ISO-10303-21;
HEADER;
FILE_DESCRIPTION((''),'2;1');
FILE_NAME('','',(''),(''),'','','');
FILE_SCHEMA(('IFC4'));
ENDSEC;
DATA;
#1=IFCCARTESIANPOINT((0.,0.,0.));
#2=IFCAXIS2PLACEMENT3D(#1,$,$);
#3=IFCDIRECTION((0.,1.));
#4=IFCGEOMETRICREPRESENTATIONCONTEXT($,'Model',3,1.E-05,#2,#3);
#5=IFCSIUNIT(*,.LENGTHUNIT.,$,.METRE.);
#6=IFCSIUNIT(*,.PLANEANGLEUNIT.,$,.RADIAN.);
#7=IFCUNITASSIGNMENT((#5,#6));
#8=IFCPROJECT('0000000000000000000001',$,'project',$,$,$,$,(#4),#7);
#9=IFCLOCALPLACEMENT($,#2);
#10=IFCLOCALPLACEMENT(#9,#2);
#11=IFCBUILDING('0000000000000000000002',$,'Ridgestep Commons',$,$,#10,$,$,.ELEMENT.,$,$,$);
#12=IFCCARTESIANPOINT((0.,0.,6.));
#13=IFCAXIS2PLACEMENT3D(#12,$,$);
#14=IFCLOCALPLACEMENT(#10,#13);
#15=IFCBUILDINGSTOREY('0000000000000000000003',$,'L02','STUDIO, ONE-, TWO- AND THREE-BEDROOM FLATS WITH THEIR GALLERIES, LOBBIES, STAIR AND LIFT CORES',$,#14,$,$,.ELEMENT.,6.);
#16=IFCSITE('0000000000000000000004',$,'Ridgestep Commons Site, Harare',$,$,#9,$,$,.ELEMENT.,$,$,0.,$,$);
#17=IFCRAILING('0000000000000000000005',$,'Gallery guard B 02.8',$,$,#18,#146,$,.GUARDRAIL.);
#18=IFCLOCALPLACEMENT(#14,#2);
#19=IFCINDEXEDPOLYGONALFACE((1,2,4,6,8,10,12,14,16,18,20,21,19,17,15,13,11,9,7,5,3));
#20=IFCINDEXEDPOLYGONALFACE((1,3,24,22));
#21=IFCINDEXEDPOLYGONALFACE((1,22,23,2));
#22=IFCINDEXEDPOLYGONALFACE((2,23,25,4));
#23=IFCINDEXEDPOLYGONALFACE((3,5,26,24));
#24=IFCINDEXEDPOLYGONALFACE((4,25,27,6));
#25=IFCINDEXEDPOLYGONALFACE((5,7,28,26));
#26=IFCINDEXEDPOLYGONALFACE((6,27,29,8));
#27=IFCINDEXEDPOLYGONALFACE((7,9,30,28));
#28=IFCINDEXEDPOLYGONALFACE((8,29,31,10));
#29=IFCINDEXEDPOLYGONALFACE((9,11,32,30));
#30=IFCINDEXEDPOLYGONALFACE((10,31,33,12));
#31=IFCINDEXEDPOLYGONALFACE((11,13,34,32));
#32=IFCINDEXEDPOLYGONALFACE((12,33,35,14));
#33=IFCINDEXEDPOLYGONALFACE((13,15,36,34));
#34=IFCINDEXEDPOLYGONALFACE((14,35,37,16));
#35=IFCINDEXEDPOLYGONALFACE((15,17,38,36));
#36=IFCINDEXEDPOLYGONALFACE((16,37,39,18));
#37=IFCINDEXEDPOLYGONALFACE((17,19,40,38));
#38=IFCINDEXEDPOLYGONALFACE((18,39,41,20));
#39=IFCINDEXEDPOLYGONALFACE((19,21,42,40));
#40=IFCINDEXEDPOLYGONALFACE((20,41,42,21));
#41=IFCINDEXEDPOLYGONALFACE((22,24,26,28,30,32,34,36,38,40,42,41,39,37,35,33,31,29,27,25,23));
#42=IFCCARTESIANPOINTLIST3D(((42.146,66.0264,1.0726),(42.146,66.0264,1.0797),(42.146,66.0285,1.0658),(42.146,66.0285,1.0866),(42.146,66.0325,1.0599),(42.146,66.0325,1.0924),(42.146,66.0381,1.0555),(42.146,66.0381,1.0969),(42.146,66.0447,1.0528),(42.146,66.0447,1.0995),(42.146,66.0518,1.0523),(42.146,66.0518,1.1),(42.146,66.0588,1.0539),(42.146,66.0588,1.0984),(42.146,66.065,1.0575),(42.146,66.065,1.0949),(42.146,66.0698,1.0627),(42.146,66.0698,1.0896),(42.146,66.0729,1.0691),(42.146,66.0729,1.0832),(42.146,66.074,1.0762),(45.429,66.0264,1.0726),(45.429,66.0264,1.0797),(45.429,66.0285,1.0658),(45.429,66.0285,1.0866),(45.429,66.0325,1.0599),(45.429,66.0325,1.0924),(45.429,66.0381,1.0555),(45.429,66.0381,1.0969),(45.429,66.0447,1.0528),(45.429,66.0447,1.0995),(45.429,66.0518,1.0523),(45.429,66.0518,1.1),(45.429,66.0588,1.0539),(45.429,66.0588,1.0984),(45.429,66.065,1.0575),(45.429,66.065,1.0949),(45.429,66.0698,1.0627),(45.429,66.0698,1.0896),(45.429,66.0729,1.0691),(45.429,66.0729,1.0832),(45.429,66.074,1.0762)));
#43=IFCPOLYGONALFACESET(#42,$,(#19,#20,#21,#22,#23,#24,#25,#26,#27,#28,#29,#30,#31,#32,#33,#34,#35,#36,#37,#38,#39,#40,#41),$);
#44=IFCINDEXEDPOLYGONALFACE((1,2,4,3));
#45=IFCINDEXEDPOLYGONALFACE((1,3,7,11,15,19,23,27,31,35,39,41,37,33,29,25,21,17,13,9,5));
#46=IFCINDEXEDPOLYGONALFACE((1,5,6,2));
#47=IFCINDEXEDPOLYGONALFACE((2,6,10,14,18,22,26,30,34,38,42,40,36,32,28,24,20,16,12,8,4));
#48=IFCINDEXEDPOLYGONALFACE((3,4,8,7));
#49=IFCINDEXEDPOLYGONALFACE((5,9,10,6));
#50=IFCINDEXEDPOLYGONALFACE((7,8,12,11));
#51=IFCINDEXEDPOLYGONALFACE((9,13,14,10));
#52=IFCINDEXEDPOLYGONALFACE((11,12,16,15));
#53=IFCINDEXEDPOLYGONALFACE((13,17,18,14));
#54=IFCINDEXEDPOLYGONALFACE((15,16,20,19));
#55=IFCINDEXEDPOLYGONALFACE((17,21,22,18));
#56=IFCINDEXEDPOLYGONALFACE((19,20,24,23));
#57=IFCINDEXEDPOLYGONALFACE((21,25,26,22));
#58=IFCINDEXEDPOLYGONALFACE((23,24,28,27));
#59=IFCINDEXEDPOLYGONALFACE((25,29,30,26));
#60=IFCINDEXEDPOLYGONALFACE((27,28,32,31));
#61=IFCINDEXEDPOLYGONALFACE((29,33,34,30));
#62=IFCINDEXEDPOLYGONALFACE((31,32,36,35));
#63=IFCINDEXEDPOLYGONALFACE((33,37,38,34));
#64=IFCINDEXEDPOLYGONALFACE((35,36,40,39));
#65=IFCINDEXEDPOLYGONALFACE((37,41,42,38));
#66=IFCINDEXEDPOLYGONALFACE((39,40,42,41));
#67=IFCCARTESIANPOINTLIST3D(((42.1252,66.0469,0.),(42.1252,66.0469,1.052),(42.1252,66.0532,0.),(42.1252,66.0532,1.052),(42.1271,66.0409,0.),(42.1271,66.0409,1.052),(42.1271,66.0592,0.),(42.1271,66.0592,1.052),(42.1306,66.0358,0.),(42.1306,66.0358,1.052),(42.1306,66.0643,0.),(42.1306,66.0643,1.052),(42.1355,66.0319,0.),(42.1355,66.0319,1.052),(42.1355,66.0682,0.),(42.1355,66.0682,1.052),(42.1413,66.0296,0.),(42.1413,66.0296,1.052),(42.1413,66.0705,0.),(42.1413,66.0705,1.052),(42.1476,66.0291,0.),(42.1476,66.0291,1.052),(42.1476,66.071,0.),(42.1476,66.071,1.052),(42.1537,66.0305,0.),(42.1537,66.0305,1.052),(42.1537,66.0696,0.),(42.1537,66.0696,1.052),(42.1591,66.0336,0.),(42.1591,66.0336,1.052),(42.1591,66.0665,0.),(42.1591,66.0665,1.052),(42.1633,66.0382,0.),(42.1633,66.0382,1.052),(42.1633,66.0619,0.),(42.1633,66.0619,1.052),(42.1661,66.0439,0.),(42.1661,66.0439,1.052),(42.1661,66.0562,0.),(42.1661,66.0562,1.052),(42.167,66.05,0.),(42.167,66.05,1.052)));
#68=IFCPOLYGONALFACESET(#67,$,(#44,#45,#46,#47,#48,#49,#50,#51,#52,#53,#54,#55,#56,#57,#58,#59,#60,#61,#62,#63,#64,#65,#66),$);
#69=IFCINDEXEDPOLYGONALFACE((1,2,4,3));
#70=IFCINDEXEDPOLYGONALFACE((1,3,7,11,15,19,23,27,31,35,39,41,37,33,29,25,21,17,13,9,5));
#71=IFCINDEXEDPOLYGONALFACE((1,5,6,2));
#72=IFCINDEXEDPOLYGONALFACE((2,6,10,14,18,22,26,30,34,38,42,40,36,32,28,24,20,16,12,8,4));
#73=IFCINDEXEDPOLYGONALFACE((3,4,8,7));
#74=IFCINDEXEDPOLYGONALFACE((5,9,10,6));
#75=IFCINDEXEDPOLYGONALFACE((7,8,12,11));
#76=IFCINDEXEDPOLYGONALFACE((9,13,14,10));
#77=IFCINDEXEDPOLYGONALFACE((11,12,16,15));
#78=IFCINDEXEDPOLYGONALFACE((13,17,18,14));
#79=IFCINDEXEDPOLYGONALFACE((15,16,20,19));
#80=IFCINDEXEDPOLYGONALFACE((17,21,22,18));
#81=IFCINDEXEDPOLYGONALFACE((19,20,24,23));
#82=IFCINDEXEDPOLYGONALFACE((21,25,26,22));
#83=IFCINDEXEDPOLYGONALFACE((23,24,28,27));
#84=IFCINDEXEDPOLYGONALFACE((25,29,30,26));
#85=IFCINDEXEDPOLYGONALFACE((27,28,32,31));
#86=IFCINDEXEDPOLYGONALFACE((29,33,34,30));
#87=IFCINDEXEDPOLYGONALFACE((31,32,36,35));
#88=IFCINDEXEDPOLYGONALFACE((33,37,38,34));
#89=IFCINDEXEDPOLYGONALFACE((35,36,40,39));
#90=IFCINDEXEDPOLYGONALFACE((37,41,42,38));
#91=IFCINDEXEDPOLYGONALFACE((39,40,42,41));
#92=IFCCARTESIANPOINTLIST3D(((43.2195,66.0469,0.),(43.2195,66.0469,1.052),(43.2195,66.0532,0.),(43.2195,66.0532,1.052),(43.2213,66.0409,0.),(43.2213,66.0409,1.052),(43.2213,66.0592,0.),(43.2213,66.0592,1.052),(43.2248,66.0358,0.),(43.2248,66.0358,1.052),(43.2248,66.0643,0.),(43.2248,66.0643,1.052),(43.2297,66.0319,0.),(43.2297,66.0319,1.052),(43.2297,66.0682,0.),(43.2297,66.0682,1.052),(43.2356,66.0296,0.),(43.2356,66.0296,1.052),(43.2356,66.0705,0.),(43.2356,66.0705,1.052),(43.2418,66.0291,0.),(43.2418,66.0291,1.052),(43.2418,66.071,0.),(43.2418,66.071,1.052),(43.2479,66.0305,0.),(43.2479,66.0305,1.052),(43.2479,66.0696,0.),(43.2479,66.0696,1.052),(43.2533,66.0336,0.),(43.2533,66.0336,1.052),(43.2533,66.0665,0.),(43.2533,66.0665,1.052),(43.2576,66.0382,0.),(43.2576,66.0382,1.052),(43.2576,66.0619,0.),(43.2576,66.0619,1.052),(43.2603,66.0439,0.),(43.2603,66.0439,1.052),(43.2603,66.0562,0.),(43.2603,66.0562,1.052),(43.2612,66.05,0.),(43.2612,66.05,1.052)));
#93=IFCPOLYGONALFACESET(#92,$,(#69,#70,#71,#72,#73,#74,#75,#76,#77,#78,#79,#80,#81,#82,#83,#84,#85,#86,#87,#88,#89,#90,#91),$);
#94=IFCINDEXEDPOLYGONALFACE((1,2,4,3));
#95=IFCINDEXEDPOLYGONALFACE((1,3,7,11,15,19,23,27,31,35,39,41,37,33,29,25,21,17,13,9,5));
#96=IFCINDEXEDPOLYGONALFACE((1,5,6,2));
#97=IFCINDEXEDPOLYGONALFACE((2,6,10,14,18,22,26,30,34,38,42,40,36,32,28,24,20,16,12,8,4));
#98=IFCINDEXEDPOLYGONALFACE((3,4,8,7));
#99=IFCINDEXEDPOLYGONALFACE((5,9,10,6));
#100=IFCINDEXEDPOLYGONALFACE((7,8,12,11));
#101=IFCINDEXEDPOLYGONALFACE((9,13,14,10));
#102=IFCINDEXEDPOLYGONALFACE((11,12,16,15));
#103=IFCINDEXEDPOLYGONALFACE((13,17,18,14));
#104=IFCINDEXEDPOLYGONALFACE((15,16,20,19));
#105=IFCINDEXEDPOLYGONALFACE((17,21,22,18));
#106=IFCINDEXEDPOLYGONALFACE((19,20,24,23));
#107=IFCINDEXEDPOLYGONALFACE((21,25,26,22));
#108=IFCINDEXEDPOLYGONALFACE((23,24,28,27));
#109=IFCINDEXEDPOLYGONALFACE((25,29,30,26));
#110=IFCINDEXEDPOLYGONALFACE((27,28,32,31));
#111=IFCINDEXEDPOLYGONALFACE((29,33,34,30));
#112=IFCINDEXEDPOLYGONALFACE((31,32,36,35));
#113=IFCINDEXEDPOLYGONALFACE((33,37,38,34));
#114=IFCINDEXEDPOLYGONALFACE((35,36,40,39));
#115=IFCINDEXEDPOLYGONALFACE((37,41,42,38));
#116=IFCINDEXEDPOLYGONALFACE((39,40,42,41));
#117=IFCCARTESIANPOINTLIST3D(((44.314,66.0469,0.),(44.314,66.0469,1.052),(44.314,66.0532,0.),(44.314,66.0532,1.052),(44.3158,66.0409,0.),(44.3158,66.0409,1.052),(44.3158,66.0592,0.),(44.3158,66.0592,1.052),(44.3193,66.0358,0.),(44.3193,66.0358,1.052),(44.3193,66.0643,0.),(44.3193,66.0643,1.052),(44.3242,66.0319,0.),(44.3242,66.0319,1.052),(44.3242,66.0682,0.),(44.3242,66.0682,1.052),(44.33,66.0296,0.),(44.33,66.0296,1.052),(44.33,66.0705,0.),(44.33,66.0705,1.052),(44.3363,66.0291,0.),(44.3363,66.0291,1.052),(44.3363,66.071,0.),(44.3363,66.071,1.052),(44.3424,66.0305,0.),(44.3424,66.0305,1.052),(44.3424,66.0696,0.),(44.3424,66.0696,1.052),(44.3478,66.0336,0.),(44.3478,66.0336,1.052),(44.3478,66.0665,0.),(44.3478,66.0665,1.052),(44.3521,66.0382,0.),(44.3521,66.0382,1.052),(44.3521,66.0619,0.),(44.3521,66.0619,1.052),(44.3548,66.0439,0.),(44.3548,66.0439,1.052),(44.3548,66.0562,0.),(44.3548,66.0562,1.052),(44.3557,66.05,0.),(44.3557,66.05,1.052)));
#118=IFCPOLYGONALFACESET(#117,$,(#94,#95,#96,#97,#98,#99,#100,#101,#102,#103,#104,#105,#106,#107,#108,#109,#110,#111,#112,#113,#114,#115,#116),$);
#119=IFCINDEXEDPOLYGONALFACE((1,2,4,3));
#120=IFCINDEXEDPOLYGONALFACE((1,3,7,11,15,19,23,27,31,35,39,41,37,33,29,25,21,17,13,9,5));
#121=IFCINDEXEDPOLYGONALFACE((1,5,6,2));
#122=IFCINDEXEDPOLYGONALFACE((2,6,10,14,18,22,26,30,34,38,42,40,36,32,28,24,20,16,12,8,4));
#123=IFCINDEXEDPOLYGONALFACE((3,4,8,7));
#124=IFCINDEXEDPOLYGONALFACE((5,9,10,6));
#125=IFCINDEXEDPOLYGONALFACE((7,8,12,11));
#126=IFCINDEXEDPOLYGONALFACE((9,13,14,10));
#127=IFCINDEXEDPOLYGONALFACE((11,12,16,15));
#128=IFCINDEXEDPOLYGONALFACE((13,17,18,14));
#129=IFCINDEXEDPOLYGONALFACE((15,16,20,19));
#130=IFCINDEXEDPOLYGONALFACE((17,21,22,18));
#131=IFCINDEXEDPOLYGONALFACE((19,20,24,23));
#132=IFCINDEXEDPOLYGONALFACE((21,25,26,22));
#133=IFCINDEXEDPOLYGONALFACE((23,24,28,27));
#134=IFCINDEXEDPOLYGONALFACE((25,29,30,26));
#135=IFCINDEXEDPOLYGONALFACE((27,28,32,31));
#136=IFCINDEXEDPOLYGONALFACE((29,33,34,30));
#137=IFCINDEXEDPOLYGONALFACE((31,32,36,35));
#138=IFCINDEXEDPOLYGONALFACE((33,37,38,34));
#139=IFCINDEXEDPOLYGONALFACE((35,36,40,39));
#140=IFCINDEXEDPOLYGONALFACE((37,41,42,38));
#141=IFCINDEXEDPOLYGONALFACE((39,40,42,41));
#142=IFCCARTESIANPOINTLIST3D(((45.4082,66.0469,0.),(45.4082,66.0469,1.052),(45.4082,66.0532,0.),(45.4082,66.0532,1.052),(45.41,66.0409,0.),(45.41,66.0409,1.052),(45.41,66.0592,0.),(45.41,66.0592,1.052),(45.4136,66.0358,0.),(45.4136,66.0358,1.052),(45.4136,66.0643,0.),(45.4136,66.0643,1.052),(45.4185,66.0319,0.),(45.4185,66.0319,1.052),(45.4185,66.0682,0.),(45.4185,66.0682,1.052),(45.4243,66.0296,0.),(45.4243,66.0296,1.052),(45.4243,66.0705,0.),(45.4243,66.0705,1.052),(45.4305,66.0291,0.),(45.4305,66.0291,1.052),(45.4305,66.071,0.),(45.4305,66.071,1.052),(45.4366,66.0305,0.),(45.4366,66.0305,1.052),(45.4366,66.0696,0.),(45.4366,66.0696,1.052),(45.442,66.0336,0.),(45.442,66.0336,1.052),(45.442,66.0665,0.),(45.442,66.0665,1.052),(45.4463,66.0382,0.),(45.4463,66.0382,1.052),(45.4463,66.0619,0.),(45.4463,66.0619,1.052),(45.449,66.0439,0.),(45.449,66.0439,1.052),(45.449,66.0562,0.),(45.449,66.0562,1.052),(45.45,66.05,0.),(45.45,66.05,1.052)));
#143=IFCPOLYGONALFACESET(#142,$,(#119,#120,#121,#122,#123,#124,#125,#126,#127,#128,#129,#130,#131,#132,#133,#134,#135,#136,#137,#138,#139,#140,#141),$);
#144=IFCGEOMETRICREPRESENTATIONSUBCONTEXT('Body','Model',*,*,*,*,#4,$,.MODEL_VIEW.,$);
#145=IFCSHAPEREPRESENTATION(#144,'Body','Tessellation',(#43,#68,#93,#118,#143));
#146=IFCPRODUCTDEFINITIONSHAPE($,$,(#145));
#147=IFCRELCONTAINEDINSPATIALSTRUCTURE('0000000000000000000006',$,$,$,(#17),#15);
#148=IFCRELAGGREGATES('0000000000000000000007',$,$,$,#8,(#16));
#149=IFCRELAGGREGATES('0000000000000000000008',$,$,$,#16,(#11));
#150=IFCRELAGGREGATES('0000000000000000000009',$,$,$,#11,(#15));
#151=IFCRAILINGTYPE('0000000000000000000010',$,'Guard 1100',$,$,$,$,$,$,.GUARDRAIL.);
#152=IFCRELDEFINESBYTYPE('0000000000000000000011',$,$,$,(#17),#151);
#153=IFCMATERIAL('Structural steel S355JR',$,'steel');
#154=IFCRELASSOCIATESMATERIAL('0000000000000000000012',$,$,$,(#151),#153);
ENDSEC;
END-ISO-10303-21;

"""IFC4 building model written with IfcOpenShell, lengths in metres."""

from ifc_helpers import new_model, si_unit, direction, frame, origin, origin_2d, place, context, subcontext, project, spatial, circle, extrude, material, type_object, element, save


model = new_model("IFC4")

# Units and contexts
model_context = context("Model", 3, precision=1e-05, world=origin(), true_north=direction((0.0, 1.0)))
body_context = subcontext(model_context, "Body", "Model", "MODEL_VIEW")
ifc_project = project(units=[si_unit("LENGTHUNIT", "METRE"), si_unit("PLANEANGLEUNIT", "RADIAN")], contexts=[model_context])

# Site, building, storey
site_placement = place(None, origin())
site = spatial("IfcSite", under=ifc_project, at=site_placement, Name="Ridgestep Commons Site, Harare", CompositionType="ELEMENT", RefElevation=0.0)
building_placement = place(site_placement, origin())
building = spatial("IfcBuilding", under=site, at=building_placement, Name="Ridgestep Commons", CompositionType="ELEMENT")
storey_placement = place(building_placement, frame((0.0, 0.0, 6.0)))
storey = spatial("IfcBuildingStorey", under=building, at=storey_placement, Name="L02", Description="STUDIO, ONE-, TWO- AND THREE-BEDROOM FLATS WITH THEIR GALLERIES, LOBBIES, STAIR AND LIFT CORES", CompositionType="ELEMENT", Elevation=6.0)

# Railing
ifc_material_1 = material(Name="Structural steel S355JR", Category="steel")
railing_type = type_object("IfcRailingType", Name="Guard 1100", PredefinedType="GUARDRAIL", material=ifc_material_1)
railing_1_placement = place(storey_placement, frame((42.146, 66.05, 0.0)))
element("IfcRailing", 1, at=railing_1_placement, inside=storey, type_object=railing_type, Name="Gallery guard B 02.8", PredefinedType="GUARDRAIL", context=body_context, shape_type="SweptSolid", body=[
    extrude(circle(Radius=0.0239, at=origin_2d()), frame((0.0, 0.0, 1.0762), z_axis=(1.0, 0.0, 0.0), x_axis=(0.0, 1.0, 0.0)), (0.0, 0.0, 1.0), 3.283),
    extrude(circle(Radius=0.021, at=origin_2d()), origin(), (0.0, 0.0, 1.0), 1.052),
    extrude(circle(Radius=0.021, at=origin_2d()), frame((1.0942, 0.0, 0.0)), (0.0, 0.0, 1.0), 1.052),
    extrude(circle(Radius=0.021, at=origin_2d()), frame((2.1887, 0.0, 0.0)), (0.0, 0.0, 1.0), 1.052),
    extrude(circle(Radius=0.021, at=origin_2d()), frame((3.283, 0.0, 0.0)), (0.0, 0.0, 1.0), 1.052),
])

save(model, "model.ifc")
